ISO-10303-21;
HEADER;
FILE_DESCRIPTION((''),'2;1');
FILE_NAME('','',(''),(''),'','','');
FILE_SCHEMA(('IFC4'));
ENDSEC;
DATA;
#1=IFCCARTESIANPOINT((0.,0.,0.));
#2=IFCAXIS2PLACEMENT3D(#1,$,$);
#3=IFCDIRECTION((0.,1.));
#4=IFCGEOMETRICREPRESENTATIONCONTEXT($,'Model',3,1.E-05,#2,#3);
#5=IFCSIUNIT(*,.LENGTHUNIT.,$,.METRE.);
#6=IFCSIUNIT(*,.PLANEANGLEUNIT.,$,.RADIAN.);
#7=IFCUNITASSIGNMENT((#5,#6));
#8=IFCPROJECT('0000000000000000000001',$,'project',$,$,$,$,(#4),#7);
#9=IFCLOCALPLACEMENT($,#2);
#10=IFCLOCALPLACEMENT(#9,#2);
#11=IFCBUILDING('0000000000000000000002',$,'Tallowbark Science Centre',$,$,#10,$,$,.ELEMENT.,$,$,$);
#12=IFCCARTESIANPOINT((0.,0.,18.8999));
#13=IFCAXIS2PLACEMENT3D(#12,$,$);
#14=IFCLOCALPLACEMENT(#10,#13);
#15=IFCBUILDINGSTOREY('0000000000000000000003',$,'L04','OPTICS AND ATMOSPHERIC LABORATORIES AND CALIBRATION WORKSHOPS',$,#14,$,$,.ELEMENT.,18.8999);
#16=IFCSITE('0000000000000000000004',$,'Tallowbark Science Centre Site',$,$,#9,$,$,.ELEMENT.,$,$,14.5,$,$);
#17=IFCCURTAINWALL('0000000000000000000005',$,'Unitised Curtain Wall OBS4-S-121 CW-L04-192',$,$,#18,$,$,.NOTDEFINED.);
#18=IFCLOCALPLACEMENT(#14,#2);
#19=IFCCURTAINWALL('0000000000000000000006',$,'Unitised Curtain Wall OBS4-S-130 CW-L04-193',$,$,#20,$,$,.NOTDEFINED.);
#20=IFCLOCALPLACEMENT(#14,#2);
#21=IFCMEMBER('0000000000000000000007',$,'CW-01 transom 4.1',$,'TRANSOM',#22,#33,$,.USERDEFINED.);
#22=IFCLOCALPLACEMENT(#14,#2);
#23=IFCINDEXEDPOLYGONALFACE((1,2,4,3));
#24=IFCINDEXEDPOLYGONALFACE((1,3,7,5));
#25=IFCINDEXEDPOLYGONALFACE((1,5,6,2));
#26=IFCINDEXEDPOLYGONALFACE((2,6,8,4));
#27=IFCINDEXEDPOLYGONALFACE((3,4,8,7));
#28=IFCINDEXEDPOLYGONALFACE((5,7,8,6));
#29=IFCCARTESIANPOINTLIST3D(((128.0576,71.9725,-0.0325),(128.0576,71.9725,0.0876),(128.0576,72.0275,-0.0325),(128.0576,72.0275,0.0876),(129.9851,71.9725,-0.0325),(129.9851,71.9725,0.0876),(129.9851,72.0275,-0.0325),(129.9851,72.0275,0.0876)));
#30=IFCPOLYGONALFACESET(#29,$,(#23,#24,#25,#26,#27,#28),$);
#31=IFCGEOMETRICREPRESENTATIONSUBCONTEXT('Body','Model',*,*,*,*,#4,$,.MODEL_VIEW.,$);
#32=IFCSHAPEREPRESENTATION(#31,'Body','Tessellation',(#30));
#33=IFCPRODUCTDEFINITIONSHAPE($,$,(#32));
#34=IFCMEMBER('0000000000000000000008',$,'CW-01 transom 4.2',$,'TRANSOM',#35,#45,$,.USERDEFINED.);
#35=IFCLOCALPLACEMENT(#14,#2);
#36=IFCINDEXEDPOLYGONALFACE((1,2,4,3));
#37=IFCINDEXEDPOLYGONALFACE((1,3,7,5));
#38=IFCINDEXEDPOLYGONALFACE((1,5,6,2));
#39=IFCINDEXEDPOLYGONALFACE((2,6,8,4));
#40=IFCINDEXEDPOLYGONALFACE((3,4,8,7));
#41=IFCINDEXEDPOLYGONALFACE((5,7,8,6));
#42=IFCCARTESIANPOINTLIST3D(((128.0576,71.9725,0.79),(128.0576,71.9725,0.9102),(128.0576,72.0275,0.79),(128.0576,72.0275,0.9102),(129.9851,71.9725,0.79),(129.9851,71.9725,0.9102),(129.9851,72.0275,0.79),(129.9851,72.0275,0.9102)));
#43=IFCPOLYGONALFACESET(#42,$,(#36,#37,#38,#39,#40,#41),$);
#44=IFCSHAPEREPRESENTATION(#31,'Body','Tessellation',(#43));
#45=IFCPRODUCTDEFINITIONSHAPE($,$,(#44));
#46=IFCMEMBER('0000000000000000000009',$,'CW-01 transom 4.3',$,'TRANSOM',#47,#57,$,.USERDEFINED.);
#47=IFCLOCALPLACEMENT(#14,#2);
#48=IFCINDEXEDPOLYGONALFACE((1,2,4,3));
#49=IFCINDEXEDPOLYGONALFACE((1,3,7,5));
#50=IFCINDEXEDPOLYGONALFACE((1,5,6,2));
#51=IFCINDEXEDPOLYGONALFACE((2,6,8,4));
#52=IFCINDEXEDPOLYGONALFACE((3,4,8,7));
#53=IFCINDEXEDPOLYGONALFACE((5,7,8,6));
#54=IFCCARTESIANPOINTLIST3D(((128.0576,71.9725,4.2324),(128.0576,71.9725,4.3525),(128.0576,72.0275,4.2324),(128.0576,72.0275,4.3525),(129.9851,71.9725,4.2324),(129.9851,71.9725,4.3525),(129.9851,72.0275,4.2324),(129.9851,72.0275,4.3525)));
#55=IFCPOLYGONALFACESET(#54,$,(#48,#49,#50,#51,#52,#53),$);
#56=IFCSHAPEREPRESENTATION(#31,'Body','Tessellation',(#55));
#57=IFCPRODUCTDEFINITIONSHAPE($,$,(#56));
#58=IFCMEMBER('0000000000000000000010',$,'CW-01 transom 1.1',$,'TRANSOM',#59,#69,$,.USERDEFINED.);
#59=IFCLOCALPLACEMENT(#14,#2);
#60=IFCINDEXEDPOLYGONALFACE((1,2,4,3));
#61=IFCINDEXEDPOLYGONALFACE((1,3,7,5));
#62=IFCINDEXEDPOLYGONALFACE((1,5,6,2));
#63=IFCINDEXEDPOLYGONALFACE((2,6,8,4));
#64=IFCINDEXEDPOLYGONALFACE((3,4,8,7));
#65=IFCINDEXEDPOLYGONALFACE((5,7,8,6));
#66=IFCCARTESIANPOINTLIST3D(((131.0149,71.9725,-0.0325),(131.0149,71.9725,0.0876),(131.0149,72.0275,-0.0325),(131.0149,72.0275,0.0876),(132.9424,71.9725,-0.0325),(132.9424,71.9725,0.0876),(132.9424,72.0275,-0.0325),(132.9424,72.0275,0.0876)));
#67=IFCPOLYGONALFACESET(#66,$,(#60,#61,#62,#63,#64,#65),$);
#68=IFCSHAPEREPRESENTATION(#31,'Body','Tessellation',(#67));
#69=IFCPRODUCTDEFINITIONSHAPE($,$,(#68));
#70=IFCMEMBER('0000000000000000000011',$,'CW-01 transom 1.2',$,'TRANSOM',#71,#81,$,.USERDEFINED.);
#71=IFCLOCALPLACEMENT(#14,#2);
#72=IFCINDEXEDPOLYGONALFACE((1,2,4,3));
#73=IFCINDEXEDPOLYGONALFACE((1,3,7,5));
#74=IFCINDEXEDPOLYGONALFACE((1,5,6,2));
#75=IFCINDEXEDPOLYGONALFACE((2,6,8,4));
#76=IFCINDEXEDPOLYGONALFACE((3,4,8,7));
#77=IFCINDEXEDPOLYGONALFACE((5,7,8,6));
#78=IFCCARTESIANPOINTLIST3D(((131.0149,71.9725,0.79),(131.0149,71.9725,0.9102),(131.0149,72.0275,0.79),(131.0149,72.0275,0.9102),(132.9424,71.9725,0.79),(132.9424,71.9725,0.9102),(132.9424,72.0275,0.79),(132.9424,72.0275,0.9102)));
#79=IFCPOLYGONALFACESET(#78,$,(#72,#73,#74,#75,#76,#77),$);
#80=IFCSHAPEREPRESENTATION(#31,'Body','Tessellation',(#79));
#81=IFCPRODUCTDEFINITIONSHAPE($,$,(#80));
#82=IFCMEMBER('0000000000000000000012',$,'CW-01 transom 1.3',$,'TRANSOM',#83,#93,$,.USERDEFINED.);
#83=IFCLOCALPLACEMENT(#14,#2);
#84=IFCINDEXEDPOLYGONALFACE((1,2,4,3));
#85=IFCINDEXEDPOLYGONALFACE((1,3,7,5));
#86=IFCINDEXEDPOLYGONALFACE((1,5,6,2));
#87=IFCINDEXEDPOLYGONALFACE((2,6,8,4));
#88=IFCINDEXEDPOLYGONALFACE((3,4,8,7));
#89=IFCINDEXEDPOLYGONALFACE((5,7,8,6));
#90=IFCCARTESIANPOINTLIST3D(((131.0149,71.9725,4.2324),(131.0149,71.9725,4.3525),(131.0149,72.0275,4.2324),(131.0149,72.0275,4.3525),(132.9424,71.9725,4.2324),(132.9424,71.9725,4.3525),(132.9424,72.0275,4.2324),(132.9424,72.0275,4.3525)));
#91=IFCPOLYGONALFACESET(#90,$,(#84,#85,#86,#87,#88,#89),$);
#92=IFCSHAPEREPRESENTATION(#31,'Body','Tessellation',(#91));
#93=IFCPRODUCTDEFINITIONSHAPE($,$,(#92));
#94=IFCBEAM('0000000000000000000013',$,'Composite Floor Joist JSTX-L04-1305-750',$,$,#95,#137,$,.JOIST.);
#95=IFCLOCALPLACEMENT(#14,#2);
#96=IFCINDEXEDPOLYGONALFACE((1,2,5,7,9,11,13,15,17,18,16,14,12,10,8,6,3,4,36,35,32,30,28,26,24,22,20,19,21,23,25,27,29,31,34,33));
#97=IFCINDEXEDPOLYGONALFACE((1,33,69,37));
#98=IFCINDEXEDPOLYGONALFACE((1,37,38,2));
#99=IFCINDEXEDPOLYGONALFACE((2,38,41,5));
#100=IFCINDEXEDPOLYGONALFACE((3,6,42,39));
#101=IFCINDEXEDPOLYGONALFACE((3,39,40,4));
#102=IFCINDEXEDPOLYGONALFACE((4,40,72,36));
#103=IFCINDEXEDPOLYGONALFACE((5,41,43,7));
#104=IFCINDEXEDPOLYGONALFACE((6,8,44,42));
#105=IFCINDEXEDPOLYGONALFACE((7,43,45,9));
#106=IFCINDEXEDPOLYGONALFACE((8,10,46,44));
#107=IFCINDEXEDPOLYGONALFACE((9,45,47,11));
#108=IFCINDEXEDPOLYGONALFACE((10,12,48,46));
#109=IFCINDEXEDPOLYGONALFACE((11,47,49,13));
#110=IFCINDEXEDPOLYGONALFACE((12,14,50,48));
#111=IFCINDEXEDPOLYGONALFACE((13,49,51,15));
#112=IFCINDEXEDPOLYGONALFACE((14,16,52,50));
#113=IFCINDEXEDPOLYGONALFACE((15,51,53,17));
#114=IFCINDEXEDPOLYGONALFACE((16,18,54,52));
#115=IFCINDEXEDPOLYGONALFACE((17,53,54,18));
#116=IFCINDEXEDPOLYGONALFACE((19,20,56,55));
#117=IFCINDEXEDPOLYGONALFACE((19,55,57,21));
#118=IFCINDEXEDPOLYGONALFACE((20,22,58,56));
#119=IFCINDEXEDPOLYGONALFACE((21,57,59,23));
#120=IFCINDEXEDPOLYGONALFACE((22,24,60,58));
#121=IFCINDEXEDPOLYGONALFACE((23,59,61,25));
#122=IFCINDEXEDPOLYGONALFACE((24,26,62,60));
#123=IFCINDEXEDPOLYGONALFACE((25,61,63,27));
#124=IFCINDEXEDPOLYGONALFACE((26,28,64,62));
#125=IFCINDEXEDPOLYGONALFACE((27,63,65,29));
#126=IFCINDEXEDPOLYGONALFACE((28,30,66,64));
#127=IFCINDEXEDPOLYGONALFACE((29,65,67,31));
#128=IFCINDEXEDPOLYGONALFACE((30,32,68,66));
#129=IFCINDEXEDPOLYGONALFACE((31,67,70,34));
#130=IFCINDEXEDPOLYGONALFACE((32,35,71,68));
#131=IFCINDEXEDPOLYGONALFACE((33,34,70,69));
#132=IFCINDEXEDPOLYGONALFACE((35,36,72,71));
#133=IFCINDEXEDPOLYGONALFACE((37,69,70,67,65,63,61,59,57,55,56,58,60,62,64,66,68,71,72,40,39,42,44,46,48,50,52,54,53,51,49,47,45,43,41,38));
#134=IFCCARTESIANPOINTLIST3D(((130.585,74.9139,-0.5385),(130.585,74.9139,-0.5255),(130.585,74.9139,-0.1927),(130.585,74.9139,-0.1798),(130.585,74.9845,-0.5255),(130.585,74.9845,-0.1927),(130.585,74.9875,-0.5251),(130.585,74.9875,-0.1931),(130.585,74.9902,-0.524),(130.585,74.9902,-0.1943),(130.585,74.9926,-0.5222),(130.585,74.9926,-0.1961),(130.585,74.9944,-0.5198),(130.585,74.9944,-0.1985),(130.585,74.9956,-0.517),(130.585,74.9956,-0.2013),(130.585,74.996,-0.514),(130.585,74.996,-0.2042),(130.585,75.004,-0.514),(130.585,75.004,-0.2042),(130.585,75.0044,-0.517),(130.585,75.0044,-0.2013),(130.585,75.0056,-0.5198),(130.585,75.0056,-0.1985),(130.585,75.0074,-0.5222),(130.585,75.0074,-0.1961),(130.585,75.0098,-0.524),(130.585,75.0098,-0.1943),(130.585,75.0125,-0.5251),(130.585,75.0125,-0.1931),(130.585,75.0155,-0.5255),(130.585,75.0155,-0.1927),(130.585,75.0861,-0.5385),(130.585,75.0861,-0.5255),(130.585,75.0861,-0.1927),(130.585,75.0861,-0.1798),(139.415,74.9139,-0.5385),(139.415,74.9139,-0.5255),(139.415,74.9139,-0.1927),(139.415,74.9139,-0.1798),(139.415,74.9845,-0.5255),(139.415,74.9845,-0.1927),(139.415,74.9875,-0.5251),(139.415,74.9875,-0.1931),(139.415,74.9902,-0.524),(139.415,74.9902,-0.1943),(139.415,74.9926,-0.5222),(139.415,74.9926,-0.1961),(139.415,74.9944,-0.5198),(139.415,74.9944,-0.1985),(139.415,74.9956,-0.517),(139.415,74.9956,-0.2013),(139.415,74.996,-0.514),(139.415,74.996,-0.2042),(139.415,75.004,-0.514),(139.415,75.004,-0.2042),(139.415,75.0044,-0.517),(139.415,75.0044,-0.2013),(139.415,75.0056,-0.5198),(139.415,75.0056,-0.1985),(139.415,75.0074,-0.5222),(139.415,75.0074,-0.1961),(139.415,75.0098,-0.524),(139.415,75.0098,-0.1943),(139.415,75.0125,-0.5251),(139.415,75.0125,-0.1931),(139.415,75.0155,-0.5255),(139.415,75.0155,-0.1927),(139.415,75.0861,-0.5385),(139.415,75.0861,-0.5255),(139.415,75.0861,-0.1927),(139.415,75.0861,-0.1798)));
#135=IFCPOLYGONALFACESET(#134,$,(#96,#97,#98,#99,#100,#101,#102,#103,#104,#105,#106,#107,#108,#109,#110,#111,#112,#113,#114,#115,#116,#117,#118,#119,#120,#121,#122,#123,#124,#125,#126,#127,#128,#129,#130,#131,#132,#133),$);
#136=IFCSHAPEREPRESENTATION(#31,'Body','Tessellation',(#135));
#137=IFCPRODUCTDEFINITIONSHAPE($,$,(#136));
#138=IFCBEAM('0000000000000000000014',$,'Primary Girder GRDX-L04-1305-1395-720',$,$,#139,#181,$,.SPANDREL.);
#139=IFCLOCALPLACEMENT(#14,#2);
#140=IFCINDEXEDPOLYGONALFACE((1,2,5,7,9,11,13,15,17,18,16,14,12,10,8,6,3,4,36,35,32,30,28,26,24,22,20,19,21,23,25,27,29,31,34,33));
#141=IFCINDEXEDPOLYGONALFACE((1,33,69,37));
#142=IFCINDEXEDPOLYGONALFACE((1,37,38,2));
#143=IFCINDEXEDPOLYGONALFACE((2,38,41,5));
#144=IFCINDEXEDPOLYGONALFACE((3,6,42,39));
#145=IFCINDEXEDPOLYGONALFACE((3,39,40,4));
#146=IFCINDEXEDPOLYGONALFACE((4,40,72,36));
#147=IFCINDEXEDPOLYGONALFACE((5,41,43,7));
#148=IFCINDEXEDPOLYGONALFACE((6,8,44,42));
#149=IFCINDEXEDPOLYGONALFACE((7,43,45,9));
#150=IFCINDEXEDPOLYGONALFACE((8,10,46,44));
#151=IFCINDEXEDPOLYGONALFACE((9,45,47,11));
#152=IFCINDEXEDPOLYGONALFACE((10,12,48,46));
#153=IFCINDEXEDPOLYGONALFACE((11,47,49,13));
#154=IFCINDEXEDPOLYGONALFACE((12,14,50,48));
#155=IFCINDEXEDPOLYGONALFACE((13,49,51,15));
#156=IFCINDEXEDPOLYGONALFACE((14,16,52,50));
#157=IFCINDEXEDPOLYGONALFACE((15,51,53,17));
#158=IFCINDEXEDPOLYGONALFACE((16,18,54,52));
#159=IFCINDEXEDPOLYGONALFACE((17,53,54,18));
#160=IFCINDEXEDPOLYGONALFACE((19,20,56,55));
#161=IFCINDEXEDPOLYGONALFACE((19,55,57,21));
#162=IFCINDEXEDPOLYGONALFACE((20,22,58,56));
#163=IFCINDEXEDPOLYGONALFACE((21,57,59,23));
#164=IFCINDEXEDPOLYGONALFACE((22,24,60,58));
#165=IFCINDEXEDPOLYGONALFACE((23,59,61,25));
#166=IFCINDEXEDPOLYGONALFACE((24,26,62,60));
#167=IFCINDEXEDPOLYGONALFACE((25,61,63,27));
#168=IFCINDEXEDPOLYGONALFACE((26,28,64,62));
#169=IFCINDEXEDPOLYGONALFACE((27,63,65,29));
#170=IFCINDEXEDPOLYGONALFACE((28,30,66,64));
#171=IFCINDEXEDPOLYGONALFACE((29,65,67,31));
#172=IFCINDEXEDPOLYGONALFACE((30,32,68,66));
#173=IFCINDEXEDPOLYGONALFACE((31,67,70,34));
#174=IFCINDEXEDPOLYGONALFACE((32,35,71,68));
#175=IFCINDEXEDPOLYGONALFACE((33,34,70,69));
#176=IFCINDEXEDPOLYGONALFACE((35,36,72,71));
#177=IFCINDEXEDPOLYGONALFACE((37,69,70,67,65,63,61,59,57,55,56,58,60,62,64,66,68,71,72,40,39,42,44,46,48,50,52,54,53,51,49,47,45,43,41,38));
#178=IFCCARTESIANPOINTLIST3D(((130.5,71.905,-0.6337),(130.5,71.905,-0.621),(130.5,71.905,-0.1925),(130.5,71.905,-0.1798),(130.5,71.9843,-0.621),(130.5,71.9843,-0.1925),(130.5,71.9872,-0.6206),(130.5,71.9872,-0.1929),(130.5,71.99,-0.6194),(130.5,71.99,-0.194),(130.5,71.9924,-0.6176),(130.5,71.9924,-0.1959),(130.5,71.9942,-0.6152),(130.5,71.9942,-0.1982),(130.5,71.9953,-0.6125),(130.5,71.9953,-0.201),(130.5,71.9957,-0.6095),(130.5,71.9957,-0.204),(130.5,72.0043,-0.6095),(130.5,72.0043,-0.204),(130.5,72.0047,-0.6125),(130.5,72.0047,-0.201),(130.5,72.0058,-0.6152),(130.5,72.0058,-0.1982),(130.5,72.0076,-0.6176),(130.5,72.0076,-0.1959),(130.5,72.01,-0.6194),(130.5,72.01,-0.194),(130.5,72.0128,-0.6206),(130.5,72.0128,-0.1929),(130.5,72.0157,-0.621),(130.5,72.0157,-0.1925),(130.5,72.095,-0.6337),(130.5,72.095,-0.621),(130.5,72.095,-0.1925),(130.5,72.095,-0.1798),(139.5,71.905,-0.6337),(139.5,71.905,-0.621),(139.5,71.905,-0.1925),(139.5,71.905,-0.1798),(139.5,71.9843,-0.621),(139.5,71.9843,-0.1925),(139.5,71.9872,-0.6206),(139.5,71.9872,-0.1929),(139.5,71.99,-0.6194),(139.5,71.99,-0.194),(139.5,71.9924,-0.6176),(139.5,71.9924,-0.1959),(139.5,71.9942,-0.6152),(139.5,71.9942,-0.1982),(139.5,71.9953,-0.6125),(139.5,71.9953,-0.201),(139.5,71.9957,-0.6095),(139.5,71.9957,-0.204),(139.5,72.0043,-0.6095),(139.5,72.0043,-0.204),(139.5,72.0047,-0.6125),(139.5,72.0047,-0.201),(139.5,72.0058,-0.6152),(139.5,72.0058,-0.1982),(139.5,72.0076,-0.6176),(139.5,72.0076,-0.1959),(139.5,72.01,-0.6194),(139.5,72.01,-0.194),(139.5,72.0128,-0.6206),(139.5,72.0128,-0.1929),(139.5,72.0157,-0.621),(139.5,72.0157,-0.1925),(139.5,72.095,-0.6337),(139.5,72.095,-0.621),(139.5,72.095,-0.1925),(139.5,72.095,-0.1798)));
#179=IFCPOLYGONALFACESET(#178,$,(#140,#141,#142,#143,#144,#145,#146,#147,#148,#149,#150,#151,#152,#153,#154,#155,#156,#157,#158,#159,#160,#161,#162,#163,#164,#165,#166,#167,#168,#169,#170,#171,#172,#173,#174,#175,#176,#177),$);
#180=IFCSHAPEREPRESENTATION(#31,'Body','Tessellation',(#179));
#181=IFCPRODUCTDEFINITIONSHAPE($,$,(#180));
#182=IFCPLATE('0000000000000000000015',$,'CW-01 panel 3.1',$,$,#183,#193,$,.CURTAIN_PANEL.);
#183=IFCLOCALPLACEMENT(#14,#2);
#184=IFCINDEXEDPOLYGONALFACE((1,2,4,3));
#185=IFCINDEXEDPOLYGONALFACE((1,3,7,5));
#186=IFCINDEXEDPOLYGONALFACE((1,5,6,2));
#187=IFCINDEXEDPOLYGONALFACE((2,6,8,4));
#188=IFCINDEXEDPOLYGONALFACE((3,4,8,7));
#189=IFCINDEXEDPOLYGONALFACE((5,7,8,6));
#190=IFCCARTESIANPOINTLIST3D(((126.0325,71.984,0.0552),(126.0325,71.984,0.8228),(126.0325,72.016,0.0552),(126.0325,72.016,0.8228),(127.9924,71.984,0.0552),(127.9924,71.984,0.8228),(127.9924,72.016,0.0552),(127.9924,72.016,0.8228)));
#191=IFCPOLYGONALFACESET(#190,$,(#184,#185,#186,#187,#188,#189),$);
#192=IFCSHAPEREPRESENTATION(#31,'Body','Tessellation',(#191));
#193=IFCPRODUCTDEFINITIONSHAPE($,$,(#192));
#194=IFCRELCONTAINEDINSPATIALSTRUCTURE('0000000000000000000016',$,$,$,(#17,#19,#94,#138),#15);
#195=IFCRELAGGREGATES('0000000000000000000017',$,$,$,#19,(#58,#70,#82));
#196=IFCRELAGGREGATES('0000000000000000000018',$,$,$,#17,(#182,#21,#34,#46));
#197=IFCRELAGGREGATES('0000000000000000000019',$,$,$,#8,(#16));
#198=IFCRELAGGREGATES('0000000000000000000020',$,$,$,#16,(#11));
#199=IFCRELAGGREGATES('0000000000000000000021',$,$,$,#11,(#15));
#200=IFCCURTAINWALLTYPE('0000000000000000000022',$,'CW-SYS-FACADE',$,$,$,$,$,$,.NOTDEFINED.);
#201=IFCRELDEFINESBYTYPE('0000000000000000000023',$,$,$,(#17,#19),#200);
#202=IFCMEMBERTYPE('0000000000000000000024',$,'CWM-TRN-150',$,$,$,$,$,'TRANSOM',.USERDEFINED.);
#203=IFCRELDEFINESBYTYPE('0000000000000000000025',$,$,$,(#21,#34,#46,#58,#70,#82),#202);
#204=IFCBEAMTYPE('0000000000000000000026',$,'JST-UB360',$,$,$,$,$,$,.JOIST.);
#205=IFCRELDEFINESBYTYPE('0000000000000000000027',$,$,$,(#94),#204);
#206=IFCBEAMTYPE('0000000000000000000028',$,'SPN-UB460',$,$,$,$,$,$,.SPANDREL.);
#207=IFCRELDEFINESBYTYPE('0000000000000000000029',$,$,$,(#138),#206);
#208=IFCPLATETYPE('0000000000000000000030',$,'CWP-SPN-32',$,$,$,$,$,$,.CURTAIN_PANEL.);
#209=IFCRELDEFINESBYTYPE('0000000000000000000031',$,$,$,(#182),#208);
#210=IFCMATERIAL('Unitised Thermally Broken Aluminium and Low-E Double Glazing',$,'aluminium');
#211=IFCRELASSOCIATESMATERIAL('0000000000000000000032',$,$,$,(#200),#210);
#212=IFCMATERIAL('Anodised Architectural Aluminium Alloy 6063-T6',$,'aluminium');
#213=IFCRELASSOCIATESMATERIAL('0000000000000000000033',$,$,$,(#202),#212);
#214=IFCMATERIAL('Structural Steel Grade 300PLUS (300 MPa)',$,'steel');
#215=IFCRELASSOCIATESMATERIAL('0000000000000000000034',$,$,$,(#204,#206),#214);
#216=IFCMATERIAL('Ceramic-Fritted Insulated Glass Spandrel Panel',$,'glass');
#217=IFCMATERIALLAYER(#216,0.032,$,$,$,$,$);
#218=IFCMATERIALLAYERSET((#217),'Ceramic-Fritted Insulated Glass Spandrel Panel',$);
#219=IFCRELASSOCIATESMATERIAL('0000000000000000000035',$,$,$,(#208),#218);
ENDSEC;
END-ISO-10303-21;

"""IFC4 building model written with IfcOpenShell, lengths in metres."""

from ifc_helpers import new_model, si_unit, direction, frame, origin, origin_2d, place, context, subcontext, project, spatial, rectangle, i_section, extrude, material, layer, layer_set, material_profile, profile_set, type_object, element, aggregate, save


model = new_model("IFC4")

# Units and contexts
model_context = context("Model", 3, precision=1e-05, world=origin(), true_north=direction((0.0, 1.0)))
body_context = subcontext(model_context, "Body", "Model", "MODEL_VIEW")
ifc_project = project(units=[si_unit("LENGTHUNIT", "METRE"), si_unit("PLANEANGLEUNIT", "RADIAN")], contexts=[model_context])

# Site, building, storey
site_placement = place(None, origin())
site = spatial("IfcSite", under=ifc_project, at=site_placement, Name="Tallowbark Science Centre Site", CompositionType="ELEMENT", RefElevation=14.5)
building_placement = place(site_placement, origin())
building = spatial("IfcBuilding", under=site, at=building_placement, Name="Tallowbark Science Centre", CompositionType="ELEMENT")
storey_placement = place(building_placement, frame((0.0, 0.0, 18.8999)))
storey = spatial("IfcBuildingStorey", under=building, at=storey_placement, Name="L04", Description="OPTICS AND ATMOSPHERIC LABORATORIES AND CALIBRATION WORKSHOPS", CompositionType="ELEMENT", Elevation=18.8999)

# Shared definitions
ifc_material_1 = material(Name="Structural Steel Grade 300PLUS (300 MPa)", Category="steel")

# Curtain wall
ifc_material_2 = material(Name="Unitised Thermally Broken Aluminium and Low-E Double Glazing", Category="aluminium")
curtain_wall_type = type_object("IfcCurtainWallType", Name="CW-SYS-FACADE", PredefinedType="NOTDEFINED", material=ifc_material_2)
curtain_wall_1_placement = place(storey_placement, origin())
curtain_wall_1 = element("IfcCurtainWall", 1, at=curtain_wall_1_placement, inside=storey, type_object=curtain_wall_type, Name="Unitised Curtain Wall OBS4-S-121 CW-L04-192", PredefinedType="NOTDEFINED")
ifc_material_3 = material(Name="Anodised Architectural Aluminium Alloy 6063-T6", Category="aluminium")

# Curtain wall
curtain_wall_2_placement = place(storey_placement, origin())
curtain_wall_2 = element("IfcCurtainWall", 2, at=curtain_wall_2_placement, inside=storey, type_object=curtain_wall_type, Name="Unitised Curtain Wall OBS4-S-130 CW-L04-193", PredefinedType="NOTDEFINED")

# Members
ifc_material_profile_1 = material_profile(ifc_material_3, rectangle(XDim=0.0549, YDim=0.1201, at=origin_2d()), Name="ALU55x120")
ifc_profile_set_1 = profile_set([ifc_material_profile_1], Name="Anodised Architectural Aluminium Alloy 6063-T6")
member_type_1 = type_object("IfcMemberType", Name="CWM-TRN-150", ElementType="TRANSOM", PredefinedType="USERDEFINED", material=ifc_profile_set_1)
member_1_placement = place(storey_placement, frame((128.0576, 72.0, 0.0276), z_axis=(1.0, 0.0, 0.0), x_axis=(0.0, 1.0, 0.0)))
member_1 = element("IfcMember", 3, at=member_1_placement, type_object=member_type_1, Name="CW-01 transom 4.1", ObjectType="TRANSOM", PredefinedType="USERDEFINED", context=body_context, shape_type="SweptSolid", body=[
    extrude(rectangle(XDim=0.0549, YDim=0.1201, at=origin_2d()), origin(), (0.0, 0.0, 1.0), 1.9275),
])
member_2_placement = place(storey_placement, frame((128.0576, 72.0, 0.8501), z_axis=(1.0, 0.0, 0.0), x_axis=(0.0, 1.0, 0.0)))
member_2 = element("IfcMember", 4, at=member_2_placement, type_object=member_type_1, Name="CW-01 transom 4.2", ObjectType="TRANSOM", PredefinedType="USERDEFINED", context=body_context, shape_type="SweptSolid", body=[
    extrude(rectangle(XDim=0.0549, YDim=0.1201, at=origin_2d()), origin(), (0.0, 0.0, 1.0), 1.9275),
])
member_3_placement = place(storey_placement, frame((128.0576, 72.0, 4.2925), z_axis=(1.0, 0.0, 0.0), x_axis=(0.0, 1.0, 0.0)))
member_3 = element("IfcMember", 5, at=member_3_placement, type_object=member_type_1, Name="CW-01 transom 4.3", ObjectType="TRANSOM", PredefinedType="USERDEFINED", context=body_context, shape_type="SweptSolid", body=[
    extrude(rectangle(XDim=0.0549, YDim=0.1201, at=origin_2d()), origin(), (0.0, 0.0, 1.0), 1.9275),
])
member_4_placement = place(storey_placement, frame((131.0149, 72.0, 0.0276), z_axis=(1.0, 0.0, 0.0), x_axis=(0.0, 1.0, 0.0)))
member_4 = element("IfcMember", 6, at=member_4_placement, type_object=member_type_1, Name="CW-01 transom 1.1", ObjectType="TRANSOM", PredefinedType="USERDEFINED", context=body_context, shape_type="SweptSolid", body=[
    extrude(rectangle(XDim=0.0549, YDim=0.1201, at=origin_2d()), origin(), (0.0, 0.0, 1.0), 1.9275),
])
member_5_placement = place(storey_placement, frame((131.0149, 72.0, 0.8501), z_axis=(1.0, 0.0, 0.0), x_axis=(0.0, 1.0, 0.0)))
member_5 = element("IfcMember", 7, at=member_5_placement, type_object=member_type_1, Name="CW-01 transom 1.2", ObjectType="TRANSOM", PredefinedType="USERDEFINED", context=body_context, shape_type="SweptSolid", body=[
    extrude(rectangle(XDim=0.0549, YDim=0.1201, at=origin_2d()), origin(), (0.0, 0.0, 1.0), 1.9275),
])
member_6_placement = place(storey_placement, frame((131.0149, 72.0, 4.2925), z_axis=(1.0, 0.0, 0.0), x_axis=(0.0, 1.0, 0.0)))
member_6 = element("IfcMember", 8, at=member_6_placement, type_object=member_type_1, Name="CW-01 transom 1.3", ObjectType="TRANSOM", PredefinedType="USERDEFINED", context=body_context, shape_type="SweptSolid", body=[
    extrude(rectangle(XDim=0.0549, YDim=0.1201, at=origin_2d()), origin(), (0.0, 0.0, 1.0), 1.9275),
])
aggregate(curtain_wall_2, [member_4, member_5, member_6])

# Beams
ifc_material_profile_2 = material_profile(ifc_material_1, i_section(OverallWidth=0.1721, OverallDepth=0.3586, WebThickness=0.0081, FlangeThickness=0.0129, FilletRadius=0.0115, at=origin_2d()), Name="360UB56.7")
ifc_profile_set_2 = profile_set([ifc_material_profile_2], Name="Structural Steel Grade 300PLUS (300 MPa)")
beam_type_1 = type_object("IfcBeamType", Name="JST-UB360", PredefinedType="JOIST", material=ifc_profile_set_2)
beam_1_placement = place(storey_placement, frame((130.585, 75.0, -0.3591), z_axis=(1.0, 0.0, 0.0), x_axis=(0.0, 1.0, 0.0)))
element("IfcBeam", 9, at=beam_1_placement, inside=storey, type_object=beam_type_1, Name="Composite Floor Joist JSTX-L04-1305-750", PredefinedType="JOIST", context=body_context, shape_type="SweptSolid", body=[
    extrude(i_section(OverallWidth=0.1721, OverallDepth=0.3586, WebThickness=0.0081, FlangeThickness=0.0129, FilletRadius=0.0115, at=origin_2d()), origin(), (0.0, 0.0, 1.0), 8.8301),
])
ifc_material_profile_3 = material_profile(ifc_material_1, i_section(OverallWidth=0.1899, OverallDepth=0.4539, WebThickness=0.0085, FlangeThickness=0.0127, FilletRadius=0.0115, at=origin_2d()), Name="460UB67.1")
ifc_profile_set_3 = profile_set([ifc_material_profile_3], Name="Structural Steel Grade 300PLUS (300 MPa)")
beam_type_2 = type_object("IfcBeamType", Name="SPN-UB460", PredefinedType="SPANDREL", material=ifc_profile_set_3)
beam_2_placement = place(storey_placement, frame((130.5, 72.0, -0.4067), z_axis=(1.0, 0.0, 0.0), x_axis=(0.0, 1.0, 0.0)))
element("IfcBeam", 10, at=beam_2_placement, inside=storey, type_object=beam_type_2, Name="Primary Girder GRDX-L04-1305-1395-720", PredefinedType="SPANDREL", context=body_context, shape_type="SweptSolid", body=[
    extrude(i_section(OverallWidth=0.1899, OverallDepth=0.4539, WebThickness=0.0085, FlangeThickness=0.0127, FilletRadius=0.0115, at=origin_2d()), origin(), (0.0, 0.0, 1.0), 9.0),
])

# Plate
ifc_material_4 = material(Name="Ceramic-Fritted Insulated Glass Spandrel Panel", Category="glass")
ifc_layer_1 = layer(ifc_material_4, 0.032)
ifc_layer_set_1 = layer_set([ifc_layer_1], Name="Ceramic-Fritted Insulated Glass Spandrel Panel")
plate_type = type_object("IfcPlateType", Name="CWP-SPN-32", PredefinedType="CURTAIN_PANEL", material=ifc_layer_set_1)
plate_1_placement = place(storey_placement, frame((127.0125, 72.0, 0.0552), z_axis=(0.0, 0.0, 1.0), x_axis=(1.0, 0.0, 0.0)))
plate_1 = element("IfcPlate", 11, at=plate_1_placement, type_object=plate_type, Name="CW-01 panel 3.1", PredefinedType="CURTAIN_PANEL", context=body_context, shape_type="SweptSolid", body=[
    extrude(rectangle(XDim=1.96, YDim=0.032, at=origin_2d()), origin(), (0.0, 0.0, 1.0), 0.7676),
])
aggregate(curtain_wall_1, [plate_1, member_1, member_2, member_3])

save(model, "model.ifc")
